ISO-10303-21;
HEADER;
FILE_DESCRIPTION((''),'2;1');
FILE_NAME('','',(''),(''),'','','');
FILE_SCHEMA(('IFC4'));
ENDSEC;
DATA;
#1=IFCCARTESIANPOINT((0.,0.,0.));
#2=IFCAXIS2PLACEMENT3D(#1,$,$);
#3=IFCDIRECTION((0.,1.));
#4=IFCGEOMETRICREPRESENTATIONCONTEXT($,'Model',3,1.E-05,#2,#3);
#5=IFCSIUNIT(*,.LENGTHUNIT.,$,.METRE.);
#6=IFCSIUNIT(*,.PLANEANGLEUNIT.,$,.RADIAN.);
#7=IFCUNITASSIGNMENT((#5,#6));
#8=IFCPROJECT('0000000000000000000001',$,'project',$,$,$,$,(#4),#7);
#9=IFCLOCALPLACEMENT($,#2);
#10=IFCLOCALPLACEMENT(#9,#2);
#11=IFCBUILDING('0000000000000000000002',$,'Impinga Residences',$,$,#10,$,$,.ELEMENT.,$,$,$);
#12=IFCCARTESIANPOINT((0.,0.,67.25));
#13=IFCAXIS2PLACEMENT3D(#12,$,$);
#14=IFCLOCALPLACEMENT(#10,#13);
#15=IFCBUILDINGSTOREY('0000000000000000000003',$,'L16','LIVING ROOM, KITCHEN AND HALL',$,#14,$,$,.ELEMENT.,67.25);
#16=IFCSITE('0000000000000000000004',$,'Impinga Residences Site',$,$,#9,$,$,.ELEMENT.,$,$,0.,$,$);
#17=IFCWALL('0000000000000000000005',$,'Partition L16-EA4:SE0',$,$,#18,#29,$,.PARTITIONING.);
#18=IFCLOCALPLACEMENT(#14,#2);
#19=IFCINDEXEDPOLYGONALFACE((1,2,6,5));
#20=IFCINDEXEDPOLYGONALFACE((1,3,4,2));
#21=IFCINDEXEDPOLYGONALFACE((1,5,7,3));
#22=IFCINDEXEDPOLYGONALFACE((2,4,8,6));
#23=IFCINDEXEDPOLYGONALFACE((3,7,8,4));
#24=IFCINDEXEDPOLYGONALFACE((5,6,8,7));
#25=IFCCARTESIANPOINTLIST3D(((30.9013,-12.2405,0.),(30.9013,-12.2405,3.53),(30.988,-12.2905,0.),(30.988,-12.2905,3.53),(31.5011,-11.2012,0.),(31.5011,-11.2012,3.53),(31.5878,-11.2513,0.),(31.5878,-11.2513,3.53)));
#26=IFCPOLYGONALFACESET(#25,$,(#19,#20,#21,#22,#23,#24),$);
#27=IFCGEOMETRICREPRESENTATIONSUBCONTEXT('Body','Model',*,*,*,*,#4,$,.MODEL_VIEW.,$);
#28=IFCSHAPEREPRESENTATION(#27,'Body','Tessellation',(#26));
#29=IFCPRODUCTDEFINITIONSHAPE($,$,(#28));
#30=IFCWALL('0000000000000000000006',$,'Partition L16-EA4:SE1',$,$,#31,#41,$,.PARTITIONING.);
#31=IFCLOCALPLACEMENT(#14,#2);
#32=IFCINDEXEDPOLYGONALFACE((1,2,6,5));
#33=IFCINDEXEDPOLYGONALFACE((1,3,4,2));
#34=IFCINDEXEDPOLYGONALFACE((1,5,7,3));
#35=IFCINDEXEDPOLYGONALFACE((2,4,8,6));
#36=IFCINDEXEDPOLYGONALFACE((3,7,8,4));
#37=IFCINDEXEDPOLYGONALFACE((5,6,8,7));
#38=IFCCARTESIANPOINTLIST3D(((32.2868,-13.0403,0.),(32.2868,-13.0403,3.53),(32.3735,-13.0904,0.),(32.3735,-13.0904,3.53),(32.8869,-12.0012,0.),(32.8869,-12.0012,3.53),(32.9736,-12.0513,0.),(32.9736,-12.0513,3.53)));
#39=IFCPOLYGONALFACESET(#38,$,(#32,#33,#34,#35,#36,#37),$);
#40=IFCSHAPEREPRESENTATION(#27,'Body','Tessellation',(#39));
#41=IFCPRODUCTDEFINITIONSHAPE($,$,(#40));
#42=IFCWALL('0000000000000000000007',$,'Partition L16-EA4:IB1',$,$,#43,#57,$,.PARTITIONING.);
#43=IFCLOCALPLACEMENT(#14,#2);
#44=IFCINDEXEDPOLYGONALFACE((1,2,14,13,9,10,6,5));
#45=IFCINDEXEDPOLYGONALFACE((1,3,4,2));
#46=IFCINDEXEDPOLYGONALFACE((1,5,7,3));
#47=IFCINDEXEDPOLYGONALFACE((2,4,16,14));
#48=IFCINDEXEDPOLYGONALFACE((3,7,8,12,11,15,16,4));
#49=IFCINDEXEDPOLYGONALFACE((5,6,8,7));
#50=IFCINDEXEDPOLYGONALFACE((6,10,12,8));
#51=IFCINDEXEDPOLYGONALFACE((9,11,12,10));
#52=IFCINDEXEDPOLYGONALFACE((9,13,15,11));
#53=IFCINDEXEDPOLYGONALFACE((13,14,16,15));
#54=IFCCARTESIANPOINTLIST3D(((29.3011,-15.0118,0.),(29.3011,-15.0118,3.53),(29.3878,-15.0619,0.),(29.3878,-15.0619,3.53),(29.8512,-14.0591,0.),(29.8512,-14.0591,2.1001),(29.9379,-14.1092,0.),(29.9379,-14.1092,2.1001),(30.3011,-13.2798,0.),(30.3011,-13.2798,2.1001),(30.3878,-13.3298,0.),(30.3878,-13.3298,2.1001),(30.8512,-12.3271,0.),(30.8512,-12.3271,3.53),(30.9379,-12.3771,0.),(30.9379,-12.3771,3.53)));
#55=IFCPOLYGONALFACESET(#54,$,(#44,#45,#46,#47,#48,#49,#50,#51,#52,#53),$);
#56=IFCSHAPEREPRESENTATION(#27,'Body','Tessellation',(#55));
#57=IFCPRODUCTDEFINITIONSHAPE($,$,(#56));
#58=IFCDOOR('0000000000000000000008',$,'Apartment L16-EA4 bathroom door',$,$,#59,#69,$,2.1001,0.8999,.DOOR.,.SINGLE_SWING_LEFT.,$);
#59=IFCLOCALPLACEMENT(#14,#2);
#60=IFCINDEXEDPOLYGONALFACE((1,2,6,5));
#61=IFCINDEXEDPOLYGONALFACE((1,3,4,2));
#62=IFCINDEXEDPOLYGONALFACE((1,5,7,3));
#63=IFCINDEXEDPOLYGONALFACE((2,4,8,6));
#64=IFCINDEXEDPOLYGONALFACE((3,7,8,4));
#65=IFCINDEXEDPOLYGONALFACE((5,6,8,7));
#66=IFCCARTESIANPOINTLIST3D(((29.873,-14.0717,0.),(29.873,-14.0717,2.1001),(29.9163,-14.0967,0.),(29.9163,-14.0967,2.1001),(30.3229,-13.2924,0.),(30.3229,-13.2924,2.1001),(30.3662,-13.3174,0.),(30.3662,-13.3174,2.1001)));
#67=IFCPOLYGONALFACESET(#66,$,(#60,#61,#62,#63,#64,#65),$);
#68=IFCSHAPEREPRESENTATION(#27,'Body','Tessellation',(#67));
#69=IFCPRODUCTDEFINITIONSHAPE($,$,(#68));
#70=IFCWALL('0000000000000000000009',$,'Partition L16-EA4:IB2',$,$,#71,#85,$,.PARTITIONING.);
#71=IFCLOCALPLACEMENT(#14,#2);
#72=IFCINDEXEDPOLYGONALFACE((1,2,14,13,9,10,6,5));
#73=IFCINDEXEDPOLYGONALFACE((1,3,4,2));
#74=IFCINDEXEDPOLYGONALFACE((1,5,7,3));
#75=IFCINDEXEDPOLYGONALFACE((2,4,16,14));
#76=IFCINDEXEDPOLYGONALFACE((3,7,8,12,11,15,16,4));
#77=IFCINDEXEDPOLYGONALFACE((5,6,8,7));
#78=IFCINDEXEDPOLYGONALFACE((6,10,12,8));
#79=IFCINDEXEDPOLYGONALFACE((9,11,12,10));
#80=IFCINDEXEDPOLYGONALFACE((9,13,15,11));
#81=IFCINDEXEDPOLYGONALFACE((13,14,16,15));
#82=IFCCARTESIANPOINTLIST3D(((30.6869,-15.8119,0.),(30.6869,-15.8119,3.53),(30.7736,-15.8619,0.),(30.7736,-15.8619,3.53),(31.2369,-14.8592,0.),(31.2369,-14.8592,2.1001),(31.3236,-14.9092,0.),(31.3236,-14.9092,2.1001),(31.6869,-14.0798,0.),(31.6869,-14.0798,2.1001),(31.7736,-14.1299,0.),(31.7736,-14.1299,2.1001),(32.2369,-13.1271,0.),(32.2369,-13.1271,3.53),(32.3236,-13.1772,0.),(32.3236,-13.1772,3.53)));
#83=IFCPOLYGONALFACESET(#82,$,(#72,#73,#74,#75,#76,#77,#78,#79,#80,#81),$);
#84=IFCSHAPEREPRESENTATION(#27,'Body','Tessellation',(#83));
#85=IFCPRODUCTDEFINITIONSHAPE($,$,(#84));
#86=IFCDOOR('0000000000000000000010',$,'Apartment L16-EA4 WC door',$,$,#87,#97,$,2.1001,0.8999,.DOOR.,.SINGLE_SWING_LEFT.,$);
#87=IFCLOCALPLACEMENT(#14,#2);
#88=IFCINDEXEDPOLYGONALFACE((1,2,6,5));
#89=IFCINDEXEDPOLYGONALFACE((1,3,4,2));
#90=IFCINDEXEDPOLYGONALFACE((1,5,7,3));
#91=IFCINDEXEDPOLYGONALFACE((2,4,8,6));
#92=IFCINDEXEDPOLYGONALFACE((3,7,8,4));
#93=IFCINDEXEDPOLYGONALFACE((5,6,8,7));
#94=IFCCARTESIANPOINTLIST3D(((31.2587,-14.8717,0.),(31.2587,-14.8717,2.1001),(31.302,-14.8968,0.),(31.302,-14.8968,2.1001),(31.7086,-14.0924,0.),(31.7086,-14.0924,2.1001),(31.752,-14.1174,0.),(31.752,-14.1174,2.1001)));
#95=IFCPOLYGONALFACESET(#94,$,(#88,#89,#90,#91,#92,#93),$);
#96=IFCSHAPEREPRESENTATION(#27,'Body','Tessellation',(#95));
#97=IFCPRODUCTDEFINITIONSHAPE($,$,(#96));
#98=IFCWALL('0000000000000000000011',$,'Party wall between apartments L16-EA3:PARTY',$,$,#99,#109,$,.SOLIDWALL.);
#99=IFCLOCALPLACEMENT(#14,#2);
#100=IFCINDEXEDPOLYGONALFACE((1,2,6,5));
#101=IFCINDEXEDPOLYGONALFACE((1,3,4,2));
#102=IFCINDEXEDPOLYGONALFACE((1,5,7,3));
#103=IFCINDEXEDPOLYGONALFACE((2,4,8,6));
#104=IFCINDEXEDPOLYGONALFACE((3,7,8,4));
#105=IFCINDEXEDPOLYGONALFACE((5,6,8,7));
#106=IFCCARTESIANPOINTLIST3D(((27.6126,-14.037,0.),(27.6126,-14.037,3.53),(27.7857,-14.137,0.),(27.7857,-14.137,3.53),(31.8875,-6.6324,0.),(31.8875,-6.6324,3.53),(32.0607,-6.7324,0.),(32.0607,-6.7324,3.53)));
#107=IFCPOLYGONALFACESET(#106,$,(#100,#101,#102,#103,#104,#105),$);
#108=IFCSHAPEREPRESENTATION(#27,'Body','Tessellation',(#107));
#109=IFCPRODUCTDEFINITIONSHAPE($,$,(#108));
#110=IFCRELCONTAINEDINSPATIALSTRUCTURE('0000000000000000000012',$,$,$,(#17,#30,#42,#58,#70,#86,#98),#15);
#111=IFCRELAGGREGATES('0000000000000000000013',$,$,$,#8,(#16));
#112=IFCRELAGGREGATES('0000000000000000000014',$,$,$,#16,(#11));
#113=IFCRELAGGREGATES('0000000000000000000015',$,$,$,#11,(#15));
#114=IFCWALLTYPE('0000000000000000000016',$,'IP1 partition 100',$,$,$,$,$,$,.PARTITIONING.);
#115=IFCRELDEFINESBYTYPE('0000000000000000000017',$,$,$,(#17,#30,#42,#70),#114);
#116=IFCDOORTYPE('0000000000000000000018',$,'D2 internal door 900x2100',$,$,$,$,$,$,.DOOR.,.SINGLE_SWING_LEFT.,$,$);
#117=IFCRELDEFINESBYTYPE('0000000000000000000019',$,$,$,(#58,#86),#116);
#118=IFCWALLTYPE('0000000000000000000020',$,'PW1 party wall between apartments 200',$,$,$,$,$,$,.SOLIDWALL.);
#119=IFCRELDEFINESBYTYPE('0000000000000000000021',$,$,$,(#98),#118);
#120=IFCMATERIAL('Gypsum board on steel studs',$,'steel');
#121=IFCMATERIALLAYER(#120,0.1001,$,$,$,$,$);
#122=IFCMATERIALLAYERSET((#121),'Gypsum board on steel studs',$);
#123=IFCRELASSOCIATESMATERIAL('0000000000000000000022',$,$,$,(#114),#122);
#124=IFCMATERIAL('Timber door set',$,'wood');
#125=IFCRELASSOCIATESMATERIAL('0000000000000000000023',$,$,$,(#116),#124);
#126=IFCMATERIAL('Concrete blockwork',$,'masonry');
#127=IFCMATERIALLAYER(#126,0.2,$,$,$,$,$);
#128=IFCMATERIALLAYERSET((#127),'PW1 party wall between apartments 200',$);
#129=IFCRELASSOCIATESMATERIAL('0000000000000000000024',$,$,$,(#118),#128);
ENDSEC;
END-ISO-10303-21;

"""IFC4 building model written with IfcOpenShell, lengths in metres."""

from ifc_helpers import new_model, si_unit, direction, frame, frame_2d, origin, place, context, subcontext, project, spatial, rectangle, extrude, material, layer, layer_set, type_object, element, fill, save


model = new_model("IFC4")

# Units and contexts
model_context = context("Model", 3, precision=1e-05, world=origin(), true_north=direction((0.0, 1.0)))
body_context = subcontext(model_context, "Body", "Model", "MODEL_VIEW")
ifc_project = project(units=[si_unit("LENGTHUNIT", "METRE"), si_unit("PLANEANGLEUNIT", "RADIAN")], contexts=[model_context])

# Site, building, storey
site_placement = place(None, origin())
site = spatial("IfcSite", under=ifc_project, at=site_placement, Name="Impinga Residences Site", CompositionType="ELEMENT", RefElevation=0.0)
building_placement = place(site_placement, origin())
building = spatial("IfcBuilding", under=site, at=building_placement, Name="Impinga Residences", CompositionType="ELEMENT")
storey_placement = place(building_placement, frame((0.0, 0.0, 67.25)))
storey = spatial("IfcBuildingStorey", under=building, at=storey_placement, Name="L16", Description="LIVING ROOM, KITCHEN AND HALL", CompositionType="ELEMENT", Elevation=67.25)

# Shared definitions
ifc_material_1 = material(Name="Concrete blockwork", Category="masonry")
ifc_material_2 = material(Name="Timber door set", Category="wood")

# Shared definitions
ifc_material_3 = material(Name="Gypsum board on steel studs", Category="steel")
ifc_layer_1 = layer(ifc_material_3, 0.1001)
ifc_layer_set_1 = layer_set([ifc_layer_1], Name="Gypsum board on steel studs")
wall_type_1 = type_object("IfcWallType", Name="IP1 partition 100", PredefinedType="PARTITIONING", material=ifc_layer_set_1)

# Shared definitions
door_type_1 = type_object("IfcDoorType", Name="D2 internal door 900x2100", OperationType="SINGLE_SWING_LEFT", PredefinedType="DOOR", material=ifc_material_2)

# Walls
for number, where, z_axis, x_axis, name in (
    (1, (30.9446, -12.2656, 0.0), (0.0, 0.0, 1.0), (0.499881, 0.866094, 0.0), "Partition L16-EA4:SE0"),
    (2, (32.3301, -13.0654, 0.0), (0.0, 0.0, 1.0), (0.500122, 0.865955, 0.0), "Partition L16-EA4:SE1"),
):
    element("IfcWall", number, at=place(storey_placement, frame(where, z_axis=z_axis, x_axis=x_axis)), inside=storey, type_object=wall_type_1, Name=name, PredefinedType="PARTITIONING", context=body_context, shape_type="SweptSolid", body=[
        extrude(rectangle(XDim=1.2, YDim=0.1001, at=frame_2d((0.6001, 0.0))), origin(), (0.0, 0.0, 1.0), 3.53),
    ])

# Walls, openings, doors
wall_1_placement = place(storey_placement, frame((29.3445, -15.0369, 0.0), z_axis=(0.0, 0.0, 1.0), x_axis=(0.499993, 0.86603, 0.0)))
wall_1 = element("IfcWall", 3, at=wall_1_placement, inside=storey, type_object=wall_type_1, Name="Partition L16-EA4:IB1", PredefinedType="PARTITIONING", context=body_context, shape_type="SweptSolid", body=[
    extrude(rectangle(XDim=3.1001, YDim=0.1001, at=frame_2d((1.55, 0.0))), origin(), (0.0, 0.0, 1.0), 3.53),
])
opening_1_placement = place(wall_1_placement, frame((1.1001, 0.0, 0.0)))
opening_1 = element("IfcOpeningElement", 4, at=opening_1_placement, cuts=wall_1, PredefinedType="OPENING", context=body_context, shape_type="SweptSolid", body=[
    extrude(rectangle(XDim=0.8999, YDim=2.1001, at=frame_2d((0.45, 1.05))), frame((0.0, 0.0601, 0.0), z_axis=(0.0, -1.0, 0.0), x_axis=(1.0, 0.0, 0.0)), (0.0, 0.0, 1.0), 0.1201),
])
door_1_placement = place(opening_1_placement, origin())
door_1 = element("IfcDoor", 5, at=door_1_placement, inside=storey, type_object=door_type_1, Name="Apartment L16-EA4 bathroom door", OperationType="SINGLE_SWING_LEFT", OverallHeight=2.1001, OverallWidth=0.8999, PredefinedType="DOOR", context=body_context, shape_type="SweptSolid", body=[
    extrude(rectangle(XDim=0.8999, YDim=2.1001, at=frame_2d((0.45, 1.05))), frame((0.0, 0.0249, 0.0), z_axis=(0.0, -1.0, 0.0), x_axis=(1.0, 0.0, 0.0)), (0.0, 0.0, 1.0), 0.05),
])
fill(opening_1, door_1)
wall_2_placement = place(storey_placement, frame((30.7302, -15.8369, 0.0), z_axis=(0.0, 0.0, 1.0), x_axis=(0.499993, 0.86603, 0.0)))
wall_2 = element("IfcWall", 6, at=wall_2_placement, inside=storey, type_object=wall_type_1, Name="Partition L16-EA4:IB2", PredefinedType="PARTITIONING", context=body_context, shape_type="SweptSolid", body=[
    extrude(rectangle(XDim=3.1001, YDim=0.1001, at=frame_2d((1.55, 0.0))), origin(), (0.0, 0.0, 1.0), 3.53),
])
opening_2_placement = place(wall_2_placement, frame((1.1001, 0.0, 0.0)))
opening_2 = element("IfcOpeningElement", 7, at=opening_2_placement, cuts=wall_2, PredefinedType="OPENING", context=body_context, shape_type="SweptSolid", body=[
    extrude(rectangle(XDim=0.8999, YDim=2.1001, at=frame_2d((0.45, 1.05))), frame((0.0, 0.0601, 0.0), z_axis=(0.0, -1.0, 0.0), x_axis=(1.0, 0.0, 0.0)), (0.0, 0.0, 1.0), 0.1201),
])
door_2_placement = place(opening_2_placement, origin())
door_2 = element("IfcDoor", 8, at=door_2_placement, inside=storey, type_object=door_type_1, Name="Apartment L16-EA4 WC door", OperationType="SINGLE_SWING_LEFT", OverallHeight=2.1001, OverallWidth=0.8999, PredefinedType="DOOR", context=body_context, shape_type="SweptSolid", body=[
    extrude(rectangle(XDim=0.8999, YDim=2.1001, at=frame_2d((0.45, 1.05))), frame((0.0, 0.0249, 0.0), z_axis=(0.0, -1.0, 0.0), x_axis=(1.0, 0.0, 0.0)), (0.0, 0.0, 1.0), 0.05),
])
fill(opening_2, door_2)

# Wall
ifc_layer_2 = layer(ifc_material_1, 0.2)
ifc_layer_set_2 = layer_set([ifc_layer_2], Name="PW1 party wall between apartments 200")
wall_type_2 = type_object("IfcWallType", Name="PW1 party wall between apartments 200", PredefinedType="SOLIDWALL", material=ifc_layer_set_2)
wall_3_placement = place(storey_placement, frame((27.6992, -14.0869, 0.0), z_axis=(0.0, 0.0, 1.0), x_axis=(0.49999, 0.866031, 0.0)))
element("IfcWall", 9, at=wall_3_placement, inside=storey, type_object=wall_type_2, Name="Party wall between apartments L16-EA3:PARTY", PredefinedType="SOLIDWALL", context=body_context, shape_type="SweptSolid", body=[
    extrude(rectangle(XDim=8.55, YDim=0.2, at=frame_2d((4.2749, 0.0))), origin(), (0.0, 0.0, 1.0), 3.53),
])

save(model, "model.ifc")
